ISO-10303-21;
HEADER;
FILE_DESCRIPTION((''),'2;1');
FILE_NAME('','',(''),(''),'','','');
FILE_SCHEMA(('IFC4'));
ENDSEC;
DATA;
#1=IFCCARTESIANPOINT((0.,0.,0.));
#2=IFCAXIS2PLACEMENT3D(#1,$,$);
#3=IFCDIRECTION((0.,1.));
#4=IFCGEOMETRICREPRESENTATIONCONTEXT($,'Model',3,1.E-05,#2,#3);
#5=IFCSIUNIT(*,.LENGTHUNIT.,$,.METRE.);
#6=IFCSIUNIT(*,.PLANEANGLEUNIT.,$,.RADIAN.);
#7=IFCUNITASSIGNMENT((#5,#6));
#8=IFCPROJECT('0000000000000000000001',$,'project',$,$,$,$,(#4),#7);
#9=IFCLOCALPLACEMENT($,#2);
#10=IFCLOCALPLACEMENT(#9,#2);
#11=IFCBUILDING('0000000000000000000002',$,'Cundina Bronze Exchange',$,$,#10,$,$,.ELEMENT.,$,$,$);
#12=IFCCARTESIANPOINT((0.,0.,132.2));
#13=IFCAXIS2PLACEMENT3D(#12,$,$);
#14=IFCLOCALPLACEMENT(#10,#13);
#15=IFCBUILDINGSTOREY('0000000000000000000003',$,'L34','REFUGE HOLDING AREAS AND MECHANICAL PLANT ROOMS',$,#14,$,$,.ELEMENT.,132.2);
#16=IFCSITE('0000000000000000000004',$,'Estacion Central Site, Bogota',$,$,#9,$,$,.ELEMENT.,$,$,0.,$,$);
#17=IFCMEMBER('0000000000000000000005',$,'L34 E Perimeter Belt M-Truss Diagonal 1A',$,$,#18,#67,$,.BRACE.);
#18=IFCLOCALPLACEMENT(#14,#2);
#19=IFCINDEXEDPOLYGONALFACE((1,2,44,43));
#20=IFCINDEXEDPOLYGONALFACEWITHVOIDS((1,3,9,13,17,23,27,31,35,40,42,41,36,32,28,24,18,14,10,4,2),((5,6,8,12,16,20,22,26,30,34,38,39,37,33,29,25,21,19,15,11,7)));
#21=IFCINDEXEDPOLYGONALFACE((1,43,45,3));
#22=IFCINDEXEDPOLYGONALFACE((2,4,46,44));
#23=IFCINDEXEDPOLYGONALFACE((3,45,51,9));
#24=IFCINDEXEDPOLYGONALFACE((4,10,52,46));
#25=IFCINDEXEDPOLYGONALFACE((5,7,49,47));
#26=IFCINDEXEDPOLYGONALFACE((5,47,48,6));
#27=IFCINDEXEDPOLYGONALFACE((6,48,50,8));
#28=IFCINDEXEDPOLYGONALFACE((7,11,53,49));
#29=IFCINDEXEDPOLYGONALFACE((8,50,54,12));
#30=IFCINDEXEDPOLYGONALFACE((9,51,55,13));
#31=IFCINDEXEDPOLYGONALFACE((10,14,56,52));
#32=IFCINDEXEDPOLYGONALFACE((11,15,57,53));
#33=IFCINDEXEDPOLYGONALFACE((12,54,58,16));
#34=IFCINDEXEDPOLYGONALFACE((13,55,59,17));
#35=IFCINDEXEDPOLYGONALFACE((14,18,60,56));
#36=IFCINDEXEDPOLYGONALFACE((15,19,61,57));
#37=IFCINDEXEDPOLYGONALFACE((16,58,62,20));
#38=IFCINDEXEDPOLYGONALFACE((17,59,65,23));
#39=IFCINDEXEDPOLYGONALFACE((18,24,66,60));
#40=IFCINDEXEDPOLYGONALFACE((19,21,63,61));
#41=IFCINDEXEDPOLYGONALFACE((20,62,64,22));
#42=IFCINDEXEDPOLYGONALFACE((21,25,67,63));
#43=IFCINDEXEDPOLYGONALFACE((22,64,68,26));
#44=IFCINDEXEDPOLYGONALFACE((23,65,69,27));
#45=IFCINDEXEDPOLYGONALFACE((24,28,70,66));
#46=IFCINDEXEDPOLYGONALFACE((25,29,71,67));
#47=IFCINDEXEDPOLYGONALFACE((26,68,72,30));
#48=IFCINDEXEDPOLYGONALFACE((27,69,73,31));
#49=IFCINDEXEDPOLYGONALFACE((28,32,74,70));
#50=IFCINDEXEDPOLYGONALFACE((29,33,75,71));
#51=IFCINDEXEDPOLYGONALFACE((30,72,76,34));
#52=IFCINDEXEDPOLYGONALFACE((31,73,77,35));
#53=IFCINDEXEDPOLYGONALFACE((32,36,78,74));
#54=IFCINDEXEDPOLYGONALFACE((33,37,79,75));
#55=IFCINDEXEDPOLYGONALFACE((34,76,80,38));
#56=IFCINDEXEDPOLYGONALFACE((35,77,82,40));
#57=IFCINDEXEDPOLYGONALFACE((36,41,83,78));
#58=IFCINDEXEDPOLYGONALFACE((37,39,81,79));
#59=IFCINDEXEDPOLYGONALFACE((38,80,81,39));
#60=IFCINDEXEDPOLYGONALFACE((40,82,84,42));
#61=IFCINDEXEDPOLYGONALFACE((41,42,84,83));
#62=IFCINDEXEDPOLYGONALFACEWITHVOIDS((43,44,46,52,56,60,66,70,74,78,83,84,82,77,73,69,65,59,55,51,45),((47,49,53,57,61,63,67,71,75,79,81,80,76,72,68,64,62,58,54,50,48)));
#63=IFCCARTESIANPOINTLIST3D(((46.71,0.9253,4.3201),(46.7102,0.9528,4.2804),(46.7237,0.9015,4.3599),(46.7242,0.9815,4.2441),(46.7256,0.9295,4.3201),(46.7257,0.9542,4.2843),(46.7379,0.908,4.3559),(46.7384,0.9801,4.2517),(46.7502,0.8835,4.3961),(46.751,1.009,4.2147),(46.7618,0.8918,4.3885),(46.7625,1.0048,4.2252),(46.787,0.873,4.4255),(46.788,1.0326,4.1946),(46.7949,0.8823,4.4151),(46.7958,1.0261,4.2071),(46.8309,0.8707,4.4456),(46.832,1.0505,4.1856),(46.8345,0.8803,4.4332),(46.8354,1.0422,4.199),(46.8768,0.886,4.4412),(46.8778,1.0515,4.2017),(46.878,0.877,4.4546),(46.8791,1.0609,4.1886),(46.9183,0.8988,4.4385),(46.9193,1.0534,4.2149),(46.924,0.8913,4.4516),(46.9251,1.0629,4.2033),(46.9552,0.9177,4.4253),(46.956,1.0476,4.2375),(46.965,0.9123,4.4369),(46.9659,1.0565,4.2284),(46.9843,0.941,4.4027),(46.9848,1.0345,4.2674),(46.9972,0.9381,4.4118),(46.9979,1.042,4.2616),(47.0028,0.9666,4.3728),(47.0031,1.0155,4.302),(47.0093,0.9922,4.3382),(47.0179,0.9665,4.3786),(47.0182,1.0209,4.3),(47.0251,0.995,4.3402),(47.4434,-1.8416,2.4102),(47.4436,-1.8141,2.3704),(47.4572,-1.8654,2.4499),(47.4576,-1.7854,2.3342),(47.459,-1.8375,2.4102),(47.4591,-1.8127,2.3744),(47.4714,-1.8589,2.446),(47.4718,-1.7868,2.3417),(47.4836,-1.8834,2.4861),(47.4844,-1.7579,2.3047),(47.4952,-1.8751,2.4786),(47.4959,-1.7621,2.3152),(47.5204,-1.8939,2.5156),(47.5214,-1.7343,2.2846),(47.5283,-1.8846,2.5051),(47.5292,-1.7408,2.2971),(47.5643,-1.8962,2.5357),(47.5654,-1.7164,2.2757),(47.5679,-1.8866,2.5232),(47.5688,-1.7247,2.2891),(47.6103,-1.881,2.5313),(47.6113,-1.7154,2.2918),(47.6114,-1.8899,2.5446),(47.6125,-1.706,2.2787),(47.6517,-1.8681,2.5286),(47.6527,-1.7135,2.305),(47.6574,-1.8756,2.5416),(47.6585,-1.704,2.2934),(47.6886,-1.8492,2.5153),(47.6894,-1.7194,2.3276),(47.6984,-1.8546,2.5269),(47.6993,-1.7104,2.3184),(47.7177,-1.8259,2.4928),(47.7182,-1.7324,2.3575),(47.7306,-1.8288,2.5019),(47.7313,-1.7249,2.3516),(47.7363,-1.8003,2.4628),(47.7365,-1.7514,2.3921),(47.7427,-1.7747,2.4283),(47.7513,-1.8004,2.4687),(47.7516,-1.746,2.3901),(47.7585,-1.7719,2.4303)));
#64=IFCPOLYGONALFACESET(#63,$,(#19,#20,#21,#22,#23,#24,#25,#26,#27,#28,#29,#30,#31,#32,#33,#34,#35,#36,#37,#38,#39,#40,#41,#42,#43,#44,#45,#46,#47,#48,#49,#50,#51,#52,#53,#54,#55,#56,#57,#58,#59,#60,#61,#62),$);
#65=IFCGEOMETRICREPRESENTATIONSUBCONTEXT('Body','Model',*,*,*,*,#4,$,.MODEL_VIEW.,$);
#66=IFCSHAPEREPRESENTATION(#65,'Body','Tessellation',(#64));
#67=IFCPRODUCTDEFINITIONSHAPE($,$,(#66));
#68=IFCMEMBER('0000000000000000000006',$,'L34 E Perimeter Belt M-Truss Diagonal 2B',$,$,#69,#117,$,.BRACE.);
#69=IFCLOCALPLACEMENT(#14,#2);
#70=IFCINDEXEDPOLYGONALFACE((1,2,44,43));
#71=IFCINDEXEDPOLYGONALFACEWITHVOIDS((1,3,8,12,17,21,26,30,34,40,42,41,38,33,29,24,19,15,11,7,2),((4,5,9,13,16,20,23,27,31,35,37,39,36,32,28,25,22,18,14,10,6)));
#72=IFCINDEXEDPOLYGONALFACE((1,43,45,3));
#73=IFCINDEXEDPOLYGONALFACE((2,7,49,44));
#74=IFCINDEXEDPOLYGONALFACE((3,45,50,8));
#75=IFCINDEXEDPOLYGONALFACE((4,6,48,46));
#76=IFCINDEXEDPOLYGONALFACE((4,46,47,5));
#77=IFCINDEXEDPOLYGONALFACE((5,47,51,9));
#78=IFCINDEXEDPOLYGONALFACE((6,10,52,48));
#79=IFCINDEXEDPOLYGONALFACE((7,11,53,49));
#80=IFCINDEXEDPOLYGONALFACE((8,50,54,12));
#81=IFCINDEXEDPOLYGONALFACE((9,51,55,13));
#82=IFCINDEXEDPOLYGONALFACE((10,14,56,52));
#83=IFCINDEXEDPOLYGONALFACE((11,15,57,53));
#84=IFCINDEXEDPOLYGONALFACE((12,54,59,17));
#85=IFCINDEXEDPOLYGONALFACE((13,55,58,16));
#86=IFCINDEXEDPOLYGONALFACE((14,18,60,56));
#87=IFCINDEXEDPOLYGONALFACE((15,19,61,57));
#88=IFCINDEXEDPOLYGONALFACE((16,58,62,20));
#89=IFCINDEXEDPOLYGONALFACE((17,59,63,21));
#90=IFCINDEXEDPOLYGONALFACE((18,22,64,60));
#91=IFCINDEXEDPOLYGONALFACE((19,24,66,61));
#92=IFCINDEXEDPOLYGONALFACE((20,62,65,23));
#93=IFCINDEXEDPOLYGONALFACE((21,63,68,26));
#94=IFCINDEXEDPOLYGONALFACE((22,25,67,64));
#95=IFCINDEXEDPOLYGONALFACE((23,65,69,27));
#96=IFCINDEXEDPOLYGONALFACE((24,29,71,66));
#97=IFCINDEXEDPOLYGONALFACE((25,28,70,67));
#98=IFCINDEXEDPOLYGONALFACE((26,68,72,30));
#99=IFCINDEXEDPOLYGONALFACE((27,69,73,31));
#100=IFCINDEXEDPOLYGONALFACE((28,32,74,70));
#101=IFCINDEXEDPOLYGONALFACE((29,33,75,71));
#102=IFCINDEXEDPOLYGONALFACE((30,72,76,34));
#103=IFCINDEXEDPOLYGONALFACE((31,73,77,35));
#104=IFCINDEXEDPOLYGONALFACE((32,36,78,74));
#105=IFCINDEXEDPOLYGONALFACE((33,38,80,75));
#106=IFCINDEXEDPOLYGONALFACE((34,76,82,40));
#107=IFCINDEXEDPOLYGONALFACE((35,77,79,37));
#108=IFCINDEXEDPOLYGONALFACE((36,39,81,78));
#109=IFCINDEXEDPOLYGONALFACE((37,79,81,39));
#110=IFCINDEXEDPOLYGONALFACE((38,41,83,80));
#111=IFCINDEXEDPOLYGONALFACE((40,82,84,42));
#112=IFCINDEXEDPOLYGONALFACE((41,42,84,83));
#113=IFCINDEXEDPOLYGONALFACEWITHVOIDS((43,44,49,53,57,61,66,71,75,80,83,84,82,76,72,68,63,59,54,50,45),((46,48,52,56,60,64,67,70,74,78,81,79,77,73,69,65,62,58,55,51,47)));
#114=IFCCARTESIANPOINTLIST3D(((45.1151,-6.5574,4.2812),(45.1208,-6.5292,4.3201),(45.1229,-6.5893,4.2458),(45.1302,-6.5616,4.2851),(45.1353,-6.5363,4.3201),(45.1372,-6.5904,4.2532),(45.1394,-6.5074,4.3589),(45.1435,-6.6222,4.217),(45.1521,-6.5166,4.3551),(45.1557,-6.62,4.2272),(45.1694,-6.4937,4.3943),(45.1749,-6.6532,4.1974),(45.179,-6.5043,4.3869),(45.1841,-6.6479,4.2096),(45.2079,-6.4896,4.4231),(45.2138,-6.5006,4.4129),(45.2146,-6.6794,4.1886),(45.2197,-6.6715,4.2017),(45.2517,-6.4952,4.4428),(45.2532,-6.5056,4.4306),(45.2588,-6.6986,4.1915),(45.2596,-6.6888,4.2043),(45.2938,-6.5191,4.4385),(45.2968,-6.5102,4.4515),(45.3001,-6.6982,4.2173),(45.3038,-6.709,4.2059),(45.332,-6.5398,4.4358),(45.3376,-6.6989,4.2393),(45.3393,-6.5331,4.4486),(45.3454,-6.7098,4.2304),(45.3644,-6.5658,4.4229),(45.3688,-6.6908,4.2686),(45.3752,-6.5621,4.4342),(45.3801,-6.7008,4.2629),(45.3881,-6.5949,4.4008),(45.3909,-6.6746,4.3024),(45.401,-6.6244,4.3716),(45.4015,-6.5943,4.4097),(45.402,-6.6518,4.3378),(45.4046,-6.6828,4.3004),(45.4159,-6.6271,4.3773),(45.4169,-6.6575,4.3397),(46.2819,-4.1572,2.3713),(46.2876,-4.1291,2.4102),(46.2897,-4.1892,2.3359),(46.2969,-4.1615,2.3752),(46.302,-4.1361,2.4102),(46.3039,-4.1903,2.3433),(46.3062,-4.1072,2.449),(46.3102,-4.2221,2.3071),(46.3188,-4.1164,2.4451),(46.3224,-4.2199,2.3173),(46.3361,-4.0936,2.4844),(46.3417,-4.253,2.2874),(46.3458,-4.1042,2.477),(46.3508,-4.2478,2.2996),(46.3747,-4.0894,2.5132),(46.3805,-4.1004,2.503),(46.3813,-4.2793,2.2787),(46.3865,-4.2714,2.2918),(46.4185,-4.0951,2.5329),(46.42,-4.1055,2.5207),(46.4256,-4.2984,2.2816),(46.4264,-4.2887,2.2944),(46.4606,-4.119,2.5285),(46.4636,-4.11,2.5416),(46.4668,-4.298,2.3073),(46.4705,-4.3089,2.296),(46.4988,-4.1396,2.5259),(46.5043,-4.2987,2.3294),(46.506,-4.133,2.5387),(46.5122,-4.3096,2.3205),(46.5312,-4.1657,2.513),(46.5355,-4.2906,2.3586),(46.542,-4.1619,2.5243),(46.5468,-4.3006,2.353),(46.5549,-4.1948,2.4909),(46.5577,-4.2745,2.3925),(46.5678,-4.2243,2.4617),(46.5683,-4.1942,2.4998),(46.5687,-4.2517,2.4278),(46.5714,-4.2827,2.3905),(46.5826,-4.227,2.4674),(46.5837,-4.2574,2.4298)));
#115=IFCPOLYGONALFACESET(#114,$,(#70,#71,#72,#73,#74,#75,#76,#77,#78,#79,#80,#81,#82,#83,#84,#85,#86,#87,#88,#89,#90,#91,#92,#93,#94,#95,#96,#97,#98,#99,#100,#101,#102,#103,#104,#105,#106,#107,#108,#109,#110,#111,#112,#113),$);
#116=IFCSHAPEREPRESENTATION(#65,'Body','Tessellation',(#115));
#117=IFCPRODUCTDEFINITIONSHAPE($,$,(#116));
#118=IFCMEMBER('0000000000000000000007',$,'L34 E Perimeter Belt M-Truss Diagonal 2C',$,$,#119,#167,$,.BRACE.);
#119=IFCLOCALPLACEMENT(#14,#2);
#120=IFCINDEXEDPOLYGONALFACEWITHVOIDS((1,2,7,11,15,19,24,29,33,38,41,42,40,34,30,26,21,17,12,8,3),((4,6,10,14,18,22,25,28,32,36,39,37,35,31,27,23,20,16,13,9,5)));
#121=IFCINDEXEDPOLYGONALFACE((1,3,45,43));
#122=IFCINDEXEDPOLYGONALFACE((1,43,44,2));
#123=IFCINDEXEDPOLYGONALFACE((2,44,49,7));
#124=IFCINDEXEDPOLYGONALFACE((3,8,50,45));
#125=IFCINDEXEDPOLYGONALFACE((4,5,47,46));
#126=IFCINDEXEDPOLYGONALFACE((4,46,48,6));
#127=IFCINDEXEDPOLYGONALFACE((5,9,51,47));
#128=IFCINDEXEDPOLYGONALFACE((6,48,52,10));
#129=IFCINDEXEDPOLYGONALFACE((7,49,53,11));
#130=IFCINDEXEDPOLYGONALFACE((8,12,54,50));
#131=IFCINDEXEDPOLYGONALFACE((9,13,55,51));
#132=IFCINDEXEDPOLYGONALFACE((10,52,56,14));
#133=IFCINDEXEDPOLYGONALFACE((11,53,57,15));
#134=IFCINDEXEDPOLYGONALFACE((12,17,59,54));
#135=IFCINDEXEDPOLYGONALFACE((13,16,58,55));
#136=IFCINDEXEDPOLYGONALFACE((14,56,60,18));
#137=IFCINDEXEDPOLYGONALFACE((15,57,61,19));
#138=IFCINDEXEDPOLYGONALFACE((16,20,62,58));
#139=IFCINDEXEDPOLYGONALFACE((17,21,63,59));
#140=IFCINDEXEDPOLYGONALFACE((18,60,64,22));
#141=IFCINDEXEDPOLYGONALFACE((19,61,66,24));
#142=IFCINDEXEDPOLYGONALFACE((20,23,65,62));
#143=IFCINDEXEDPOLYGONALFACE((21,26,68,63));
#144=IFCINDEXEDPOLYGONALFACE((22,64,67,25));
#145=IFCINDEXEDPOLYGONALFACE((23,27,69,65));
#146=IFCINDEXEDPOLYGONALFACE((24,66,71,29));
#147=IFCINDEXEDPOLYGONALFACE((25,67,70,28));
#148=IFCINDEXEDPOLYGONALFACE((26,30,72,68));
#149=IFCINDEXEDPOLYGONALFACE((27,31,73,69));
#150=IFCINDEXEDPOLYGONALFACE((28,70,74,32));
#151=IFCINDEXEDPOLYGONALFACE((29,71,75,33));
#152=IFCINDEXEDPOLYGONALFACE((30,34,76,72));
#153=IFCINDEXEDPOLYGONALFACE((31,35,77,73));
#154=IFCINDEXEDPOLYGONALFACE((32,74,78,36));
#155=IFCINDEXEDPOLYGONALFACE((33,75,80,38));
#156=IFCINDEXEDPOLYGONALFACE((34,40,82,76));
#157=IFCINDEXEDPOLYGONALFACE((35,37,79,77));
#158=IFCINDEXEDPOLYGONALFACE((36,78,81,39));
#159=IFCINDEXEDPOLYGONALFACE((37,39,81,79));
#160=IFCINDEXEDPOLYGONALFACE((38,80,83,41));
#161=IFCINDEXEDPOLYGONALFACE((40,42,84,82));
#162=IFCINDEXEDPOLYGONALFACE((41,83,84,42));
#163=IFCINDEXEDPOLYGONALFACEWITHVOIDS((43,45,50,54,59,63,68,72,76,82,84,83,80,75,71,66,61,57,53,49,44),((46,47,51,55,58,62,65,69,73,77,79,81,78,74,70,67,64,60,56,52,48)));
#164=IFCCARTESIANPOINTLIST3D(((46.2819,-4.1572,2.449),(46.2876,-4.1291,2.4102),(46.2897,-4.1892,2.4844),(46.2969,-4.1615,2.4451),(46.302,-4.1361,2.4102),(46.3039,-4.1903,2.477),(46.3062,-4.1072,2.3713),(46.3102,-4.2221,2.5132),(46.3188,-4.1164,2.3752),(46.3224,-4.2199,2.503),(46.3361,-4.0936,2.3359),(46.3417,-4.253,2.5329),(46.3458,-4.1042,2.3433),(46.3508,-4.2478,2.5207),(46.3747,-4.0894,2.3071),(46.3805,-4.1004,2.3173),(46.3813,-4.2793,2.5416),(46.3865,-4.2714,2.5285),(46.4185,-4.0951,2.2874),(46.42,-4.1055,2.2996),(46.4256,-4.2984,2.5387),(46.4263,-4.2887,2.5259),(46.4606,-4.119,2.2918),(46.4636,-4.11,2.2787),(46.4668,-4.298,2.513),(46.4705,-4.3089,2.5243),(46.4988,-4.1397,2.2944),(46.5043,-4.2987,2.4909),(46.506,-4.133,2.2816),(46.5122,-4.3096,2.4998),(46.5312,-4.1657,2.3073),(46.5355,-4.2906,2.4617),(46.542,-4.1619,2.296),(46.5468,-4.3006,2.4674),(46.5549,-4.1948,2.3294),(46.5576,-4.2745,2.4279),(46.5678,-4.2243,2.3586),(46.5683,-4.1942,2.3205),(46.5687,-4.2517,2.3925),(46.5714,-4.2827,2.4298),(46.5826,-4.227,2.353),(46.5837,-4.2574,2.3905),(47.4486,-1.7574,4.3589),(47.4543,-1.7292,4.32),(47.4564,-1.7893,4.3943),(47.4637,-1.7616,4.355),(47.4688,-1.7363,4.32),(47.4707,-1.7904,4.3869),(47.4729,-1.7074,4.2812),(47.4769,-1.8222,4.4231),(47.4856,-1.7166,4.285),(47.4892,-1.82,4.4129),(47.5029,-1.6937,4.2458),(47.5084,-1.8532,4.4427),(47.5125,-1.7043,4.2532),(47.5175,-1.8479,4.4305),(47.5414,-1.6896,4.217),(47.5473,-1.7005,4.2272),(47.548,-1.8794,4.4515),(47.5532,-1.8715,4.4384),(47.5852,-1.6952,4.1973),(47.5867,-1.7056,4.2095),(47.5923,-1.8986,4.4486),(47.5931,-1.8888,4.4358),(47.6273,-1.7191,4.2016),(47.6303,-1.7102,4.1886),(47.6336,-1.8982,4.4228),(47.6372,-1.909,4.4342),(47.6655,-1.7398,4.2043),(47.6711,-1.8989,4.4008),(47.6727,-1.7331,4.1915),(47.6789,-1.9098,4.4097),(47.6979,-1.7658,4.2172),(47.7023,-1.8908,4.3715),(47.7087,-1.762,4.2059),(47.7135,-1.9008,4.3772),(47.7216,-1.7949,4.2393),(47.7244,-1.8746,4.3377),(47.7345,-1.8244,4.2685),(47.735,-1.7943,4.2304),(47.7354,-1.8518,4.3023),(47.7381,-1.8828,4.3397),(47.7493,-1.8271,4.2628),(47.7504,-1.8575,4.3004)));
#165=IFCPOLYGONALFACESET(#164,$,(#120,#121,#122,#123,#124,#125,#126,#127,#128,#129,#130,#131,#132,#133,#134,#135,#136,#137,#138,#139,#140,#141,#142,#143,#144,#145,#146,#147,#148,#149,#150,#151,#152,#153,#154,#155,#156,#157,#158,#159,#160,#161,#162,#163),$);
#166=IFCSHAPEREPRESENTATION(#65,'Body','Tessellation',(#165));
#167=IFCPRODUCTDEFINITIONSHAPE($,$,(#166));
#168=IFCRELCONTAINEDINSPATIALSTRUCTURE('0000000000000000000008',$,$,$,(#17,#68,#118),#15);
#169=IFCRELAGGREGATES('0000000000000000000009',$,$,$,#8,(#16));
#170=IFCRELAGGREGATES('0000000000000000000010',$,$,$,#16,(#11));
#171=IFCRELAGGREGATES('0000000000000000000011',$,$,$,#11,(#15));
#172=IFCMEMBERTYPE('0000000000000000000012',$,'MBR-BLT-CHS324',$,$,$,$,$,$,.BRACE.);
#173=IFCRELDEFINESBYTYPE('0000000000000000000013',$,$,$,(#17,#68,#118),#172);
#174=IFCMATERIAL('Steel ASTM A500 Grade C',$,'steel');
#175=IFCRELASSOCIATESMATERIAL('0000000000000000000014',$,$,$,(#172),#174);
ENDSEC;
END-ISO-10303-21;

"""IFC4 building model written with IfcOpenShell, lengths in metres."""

from ifc_helpers import new_model, si_unit, direction, frame, origin, origin_2d, place, context, subcontext, project, spatial, hollow_circle, extrude, material, material_profile, profile_set, type_object, element, save


model = new_model("IFC4")

# Units and contexts
model_context = context("Model", 3, precision=1e-05, world=origin(), true_north=direction((0.0, 1.0)))
body_context = subcontext(model_context, "Body", "Model", "MODEL_VIEW")
ifc_project = project(units=[si_unit("LENGTHUNIT", "METRE"), si_unit("PLANEANGLEUNIT", "RADIAN")], contexts=[model_context])

# Site, building, storey
site_placement = place(None, origin())
site = spatial("IfcSite", under=ifc_project, at=site_placement, Name="Estacion Central Site, Bogota", CompositionType="ELEMENT", RefElevation=0.0)
building_placement = place(site_placement, origin())
building = spatial("IfcBuilding", under=site, at=building_placement, Name="Cundina Bronze Exchange", CompositionType="ELEMENT")
storey_placement = place(building_placement, frame((0.0, 0.0, 132.2)))
storey = spatial("IfcBuildingStorey", under=building, at=storey_placement, Name="L34", Description="REFUGE HOLDING AREAS AND MECHANICAL PLANT ROOMS", CompositionType="ELEMENT", Elevation=132.2)

# Members
ifc_material_1 = material(Name="Steel ASTM A500 Grade C", Category="steel")
ifc_material_profile_1 = material_profile(ifc_material_1, hollow_circle(Radius=0.1621, WallThickness=0.0161, at=origin_2d()), Name="CHS324X16", Category="steel")
ifc_profile_set_1 = profile_set([ifc_material_profile_1], Name="Steel ASTM A500 Grade C")
member_type_1 = type_object("IfcMemberType", Name="MBR-BLT-CHS324", PredefinedType="BRACE", material=ifc_profile_set_1)
member_1_placement = place(storey_placement, frame((47.6001, -1.8, 2.4102), z_axis=(-0.21313, 0.804062, 0.555032), x_axis=(-0.966619, -0.256218, 0.0)))
element("IfcMember", 1, at=member_1_placement, inside=storey, type_object=member_type_1, Name="L34 E Perimeter Belt M-Truss Diagonal 1A", PredefinedType="BRACE", context=body_context, shape_type="SweptSolid", body=[
    extrude(hollow_circle(Radius=0.1621, WallThickness=0.0161, at=origin_2d()), origin(), (0.0, 0.0, 1.0), 3.4412),
])
member_2_placement = place(storey_placement, frame((45.2666, -6.6001, 4.3201), z_axis=(0.355528, 0.731366, -0.581983), x_axis=(-0.899366, 0.437196, 0.0)))
element("IfcMember", 2, at=member_2_placement, inside=storey, type_object=member_type_1, Name="L34 E Perimeter Belt M-Truss Diagonal 2B", PredefinedType="BRACE", context=body_context, shape_type="SweptSolid", body=[
    extrude(hollow_circle(Radius=0.1621, WallThickness=0.0161, at=origin_2d()), origin(), (0.0, 0.0, 1.0), 3.2817),
])
member_3_placement = place(storey_placement, frame((46.4333, -4.2, 2.4102), z_axis=(0.355547, 0.731331, 0.582015), x_axis=(-0.899349, 0.437232, 0.0)))
element("IfcMember", 3, at=member_3_placement, inside=storey, type_object=member_type_1, Name="L34 E Perimeter Belt M-Truss Diagonal 2C", PredefinedType="BRACE", context=body_context, shape_type="SweptSolid", body=[
    extrude(hollow_circle(Radius=0.1621, WallThickness=0.0161, at=origin_2d()), origin(), (0.0, 0.0, 1.0), 3.2815),
])

save(model, "model.ifc")
